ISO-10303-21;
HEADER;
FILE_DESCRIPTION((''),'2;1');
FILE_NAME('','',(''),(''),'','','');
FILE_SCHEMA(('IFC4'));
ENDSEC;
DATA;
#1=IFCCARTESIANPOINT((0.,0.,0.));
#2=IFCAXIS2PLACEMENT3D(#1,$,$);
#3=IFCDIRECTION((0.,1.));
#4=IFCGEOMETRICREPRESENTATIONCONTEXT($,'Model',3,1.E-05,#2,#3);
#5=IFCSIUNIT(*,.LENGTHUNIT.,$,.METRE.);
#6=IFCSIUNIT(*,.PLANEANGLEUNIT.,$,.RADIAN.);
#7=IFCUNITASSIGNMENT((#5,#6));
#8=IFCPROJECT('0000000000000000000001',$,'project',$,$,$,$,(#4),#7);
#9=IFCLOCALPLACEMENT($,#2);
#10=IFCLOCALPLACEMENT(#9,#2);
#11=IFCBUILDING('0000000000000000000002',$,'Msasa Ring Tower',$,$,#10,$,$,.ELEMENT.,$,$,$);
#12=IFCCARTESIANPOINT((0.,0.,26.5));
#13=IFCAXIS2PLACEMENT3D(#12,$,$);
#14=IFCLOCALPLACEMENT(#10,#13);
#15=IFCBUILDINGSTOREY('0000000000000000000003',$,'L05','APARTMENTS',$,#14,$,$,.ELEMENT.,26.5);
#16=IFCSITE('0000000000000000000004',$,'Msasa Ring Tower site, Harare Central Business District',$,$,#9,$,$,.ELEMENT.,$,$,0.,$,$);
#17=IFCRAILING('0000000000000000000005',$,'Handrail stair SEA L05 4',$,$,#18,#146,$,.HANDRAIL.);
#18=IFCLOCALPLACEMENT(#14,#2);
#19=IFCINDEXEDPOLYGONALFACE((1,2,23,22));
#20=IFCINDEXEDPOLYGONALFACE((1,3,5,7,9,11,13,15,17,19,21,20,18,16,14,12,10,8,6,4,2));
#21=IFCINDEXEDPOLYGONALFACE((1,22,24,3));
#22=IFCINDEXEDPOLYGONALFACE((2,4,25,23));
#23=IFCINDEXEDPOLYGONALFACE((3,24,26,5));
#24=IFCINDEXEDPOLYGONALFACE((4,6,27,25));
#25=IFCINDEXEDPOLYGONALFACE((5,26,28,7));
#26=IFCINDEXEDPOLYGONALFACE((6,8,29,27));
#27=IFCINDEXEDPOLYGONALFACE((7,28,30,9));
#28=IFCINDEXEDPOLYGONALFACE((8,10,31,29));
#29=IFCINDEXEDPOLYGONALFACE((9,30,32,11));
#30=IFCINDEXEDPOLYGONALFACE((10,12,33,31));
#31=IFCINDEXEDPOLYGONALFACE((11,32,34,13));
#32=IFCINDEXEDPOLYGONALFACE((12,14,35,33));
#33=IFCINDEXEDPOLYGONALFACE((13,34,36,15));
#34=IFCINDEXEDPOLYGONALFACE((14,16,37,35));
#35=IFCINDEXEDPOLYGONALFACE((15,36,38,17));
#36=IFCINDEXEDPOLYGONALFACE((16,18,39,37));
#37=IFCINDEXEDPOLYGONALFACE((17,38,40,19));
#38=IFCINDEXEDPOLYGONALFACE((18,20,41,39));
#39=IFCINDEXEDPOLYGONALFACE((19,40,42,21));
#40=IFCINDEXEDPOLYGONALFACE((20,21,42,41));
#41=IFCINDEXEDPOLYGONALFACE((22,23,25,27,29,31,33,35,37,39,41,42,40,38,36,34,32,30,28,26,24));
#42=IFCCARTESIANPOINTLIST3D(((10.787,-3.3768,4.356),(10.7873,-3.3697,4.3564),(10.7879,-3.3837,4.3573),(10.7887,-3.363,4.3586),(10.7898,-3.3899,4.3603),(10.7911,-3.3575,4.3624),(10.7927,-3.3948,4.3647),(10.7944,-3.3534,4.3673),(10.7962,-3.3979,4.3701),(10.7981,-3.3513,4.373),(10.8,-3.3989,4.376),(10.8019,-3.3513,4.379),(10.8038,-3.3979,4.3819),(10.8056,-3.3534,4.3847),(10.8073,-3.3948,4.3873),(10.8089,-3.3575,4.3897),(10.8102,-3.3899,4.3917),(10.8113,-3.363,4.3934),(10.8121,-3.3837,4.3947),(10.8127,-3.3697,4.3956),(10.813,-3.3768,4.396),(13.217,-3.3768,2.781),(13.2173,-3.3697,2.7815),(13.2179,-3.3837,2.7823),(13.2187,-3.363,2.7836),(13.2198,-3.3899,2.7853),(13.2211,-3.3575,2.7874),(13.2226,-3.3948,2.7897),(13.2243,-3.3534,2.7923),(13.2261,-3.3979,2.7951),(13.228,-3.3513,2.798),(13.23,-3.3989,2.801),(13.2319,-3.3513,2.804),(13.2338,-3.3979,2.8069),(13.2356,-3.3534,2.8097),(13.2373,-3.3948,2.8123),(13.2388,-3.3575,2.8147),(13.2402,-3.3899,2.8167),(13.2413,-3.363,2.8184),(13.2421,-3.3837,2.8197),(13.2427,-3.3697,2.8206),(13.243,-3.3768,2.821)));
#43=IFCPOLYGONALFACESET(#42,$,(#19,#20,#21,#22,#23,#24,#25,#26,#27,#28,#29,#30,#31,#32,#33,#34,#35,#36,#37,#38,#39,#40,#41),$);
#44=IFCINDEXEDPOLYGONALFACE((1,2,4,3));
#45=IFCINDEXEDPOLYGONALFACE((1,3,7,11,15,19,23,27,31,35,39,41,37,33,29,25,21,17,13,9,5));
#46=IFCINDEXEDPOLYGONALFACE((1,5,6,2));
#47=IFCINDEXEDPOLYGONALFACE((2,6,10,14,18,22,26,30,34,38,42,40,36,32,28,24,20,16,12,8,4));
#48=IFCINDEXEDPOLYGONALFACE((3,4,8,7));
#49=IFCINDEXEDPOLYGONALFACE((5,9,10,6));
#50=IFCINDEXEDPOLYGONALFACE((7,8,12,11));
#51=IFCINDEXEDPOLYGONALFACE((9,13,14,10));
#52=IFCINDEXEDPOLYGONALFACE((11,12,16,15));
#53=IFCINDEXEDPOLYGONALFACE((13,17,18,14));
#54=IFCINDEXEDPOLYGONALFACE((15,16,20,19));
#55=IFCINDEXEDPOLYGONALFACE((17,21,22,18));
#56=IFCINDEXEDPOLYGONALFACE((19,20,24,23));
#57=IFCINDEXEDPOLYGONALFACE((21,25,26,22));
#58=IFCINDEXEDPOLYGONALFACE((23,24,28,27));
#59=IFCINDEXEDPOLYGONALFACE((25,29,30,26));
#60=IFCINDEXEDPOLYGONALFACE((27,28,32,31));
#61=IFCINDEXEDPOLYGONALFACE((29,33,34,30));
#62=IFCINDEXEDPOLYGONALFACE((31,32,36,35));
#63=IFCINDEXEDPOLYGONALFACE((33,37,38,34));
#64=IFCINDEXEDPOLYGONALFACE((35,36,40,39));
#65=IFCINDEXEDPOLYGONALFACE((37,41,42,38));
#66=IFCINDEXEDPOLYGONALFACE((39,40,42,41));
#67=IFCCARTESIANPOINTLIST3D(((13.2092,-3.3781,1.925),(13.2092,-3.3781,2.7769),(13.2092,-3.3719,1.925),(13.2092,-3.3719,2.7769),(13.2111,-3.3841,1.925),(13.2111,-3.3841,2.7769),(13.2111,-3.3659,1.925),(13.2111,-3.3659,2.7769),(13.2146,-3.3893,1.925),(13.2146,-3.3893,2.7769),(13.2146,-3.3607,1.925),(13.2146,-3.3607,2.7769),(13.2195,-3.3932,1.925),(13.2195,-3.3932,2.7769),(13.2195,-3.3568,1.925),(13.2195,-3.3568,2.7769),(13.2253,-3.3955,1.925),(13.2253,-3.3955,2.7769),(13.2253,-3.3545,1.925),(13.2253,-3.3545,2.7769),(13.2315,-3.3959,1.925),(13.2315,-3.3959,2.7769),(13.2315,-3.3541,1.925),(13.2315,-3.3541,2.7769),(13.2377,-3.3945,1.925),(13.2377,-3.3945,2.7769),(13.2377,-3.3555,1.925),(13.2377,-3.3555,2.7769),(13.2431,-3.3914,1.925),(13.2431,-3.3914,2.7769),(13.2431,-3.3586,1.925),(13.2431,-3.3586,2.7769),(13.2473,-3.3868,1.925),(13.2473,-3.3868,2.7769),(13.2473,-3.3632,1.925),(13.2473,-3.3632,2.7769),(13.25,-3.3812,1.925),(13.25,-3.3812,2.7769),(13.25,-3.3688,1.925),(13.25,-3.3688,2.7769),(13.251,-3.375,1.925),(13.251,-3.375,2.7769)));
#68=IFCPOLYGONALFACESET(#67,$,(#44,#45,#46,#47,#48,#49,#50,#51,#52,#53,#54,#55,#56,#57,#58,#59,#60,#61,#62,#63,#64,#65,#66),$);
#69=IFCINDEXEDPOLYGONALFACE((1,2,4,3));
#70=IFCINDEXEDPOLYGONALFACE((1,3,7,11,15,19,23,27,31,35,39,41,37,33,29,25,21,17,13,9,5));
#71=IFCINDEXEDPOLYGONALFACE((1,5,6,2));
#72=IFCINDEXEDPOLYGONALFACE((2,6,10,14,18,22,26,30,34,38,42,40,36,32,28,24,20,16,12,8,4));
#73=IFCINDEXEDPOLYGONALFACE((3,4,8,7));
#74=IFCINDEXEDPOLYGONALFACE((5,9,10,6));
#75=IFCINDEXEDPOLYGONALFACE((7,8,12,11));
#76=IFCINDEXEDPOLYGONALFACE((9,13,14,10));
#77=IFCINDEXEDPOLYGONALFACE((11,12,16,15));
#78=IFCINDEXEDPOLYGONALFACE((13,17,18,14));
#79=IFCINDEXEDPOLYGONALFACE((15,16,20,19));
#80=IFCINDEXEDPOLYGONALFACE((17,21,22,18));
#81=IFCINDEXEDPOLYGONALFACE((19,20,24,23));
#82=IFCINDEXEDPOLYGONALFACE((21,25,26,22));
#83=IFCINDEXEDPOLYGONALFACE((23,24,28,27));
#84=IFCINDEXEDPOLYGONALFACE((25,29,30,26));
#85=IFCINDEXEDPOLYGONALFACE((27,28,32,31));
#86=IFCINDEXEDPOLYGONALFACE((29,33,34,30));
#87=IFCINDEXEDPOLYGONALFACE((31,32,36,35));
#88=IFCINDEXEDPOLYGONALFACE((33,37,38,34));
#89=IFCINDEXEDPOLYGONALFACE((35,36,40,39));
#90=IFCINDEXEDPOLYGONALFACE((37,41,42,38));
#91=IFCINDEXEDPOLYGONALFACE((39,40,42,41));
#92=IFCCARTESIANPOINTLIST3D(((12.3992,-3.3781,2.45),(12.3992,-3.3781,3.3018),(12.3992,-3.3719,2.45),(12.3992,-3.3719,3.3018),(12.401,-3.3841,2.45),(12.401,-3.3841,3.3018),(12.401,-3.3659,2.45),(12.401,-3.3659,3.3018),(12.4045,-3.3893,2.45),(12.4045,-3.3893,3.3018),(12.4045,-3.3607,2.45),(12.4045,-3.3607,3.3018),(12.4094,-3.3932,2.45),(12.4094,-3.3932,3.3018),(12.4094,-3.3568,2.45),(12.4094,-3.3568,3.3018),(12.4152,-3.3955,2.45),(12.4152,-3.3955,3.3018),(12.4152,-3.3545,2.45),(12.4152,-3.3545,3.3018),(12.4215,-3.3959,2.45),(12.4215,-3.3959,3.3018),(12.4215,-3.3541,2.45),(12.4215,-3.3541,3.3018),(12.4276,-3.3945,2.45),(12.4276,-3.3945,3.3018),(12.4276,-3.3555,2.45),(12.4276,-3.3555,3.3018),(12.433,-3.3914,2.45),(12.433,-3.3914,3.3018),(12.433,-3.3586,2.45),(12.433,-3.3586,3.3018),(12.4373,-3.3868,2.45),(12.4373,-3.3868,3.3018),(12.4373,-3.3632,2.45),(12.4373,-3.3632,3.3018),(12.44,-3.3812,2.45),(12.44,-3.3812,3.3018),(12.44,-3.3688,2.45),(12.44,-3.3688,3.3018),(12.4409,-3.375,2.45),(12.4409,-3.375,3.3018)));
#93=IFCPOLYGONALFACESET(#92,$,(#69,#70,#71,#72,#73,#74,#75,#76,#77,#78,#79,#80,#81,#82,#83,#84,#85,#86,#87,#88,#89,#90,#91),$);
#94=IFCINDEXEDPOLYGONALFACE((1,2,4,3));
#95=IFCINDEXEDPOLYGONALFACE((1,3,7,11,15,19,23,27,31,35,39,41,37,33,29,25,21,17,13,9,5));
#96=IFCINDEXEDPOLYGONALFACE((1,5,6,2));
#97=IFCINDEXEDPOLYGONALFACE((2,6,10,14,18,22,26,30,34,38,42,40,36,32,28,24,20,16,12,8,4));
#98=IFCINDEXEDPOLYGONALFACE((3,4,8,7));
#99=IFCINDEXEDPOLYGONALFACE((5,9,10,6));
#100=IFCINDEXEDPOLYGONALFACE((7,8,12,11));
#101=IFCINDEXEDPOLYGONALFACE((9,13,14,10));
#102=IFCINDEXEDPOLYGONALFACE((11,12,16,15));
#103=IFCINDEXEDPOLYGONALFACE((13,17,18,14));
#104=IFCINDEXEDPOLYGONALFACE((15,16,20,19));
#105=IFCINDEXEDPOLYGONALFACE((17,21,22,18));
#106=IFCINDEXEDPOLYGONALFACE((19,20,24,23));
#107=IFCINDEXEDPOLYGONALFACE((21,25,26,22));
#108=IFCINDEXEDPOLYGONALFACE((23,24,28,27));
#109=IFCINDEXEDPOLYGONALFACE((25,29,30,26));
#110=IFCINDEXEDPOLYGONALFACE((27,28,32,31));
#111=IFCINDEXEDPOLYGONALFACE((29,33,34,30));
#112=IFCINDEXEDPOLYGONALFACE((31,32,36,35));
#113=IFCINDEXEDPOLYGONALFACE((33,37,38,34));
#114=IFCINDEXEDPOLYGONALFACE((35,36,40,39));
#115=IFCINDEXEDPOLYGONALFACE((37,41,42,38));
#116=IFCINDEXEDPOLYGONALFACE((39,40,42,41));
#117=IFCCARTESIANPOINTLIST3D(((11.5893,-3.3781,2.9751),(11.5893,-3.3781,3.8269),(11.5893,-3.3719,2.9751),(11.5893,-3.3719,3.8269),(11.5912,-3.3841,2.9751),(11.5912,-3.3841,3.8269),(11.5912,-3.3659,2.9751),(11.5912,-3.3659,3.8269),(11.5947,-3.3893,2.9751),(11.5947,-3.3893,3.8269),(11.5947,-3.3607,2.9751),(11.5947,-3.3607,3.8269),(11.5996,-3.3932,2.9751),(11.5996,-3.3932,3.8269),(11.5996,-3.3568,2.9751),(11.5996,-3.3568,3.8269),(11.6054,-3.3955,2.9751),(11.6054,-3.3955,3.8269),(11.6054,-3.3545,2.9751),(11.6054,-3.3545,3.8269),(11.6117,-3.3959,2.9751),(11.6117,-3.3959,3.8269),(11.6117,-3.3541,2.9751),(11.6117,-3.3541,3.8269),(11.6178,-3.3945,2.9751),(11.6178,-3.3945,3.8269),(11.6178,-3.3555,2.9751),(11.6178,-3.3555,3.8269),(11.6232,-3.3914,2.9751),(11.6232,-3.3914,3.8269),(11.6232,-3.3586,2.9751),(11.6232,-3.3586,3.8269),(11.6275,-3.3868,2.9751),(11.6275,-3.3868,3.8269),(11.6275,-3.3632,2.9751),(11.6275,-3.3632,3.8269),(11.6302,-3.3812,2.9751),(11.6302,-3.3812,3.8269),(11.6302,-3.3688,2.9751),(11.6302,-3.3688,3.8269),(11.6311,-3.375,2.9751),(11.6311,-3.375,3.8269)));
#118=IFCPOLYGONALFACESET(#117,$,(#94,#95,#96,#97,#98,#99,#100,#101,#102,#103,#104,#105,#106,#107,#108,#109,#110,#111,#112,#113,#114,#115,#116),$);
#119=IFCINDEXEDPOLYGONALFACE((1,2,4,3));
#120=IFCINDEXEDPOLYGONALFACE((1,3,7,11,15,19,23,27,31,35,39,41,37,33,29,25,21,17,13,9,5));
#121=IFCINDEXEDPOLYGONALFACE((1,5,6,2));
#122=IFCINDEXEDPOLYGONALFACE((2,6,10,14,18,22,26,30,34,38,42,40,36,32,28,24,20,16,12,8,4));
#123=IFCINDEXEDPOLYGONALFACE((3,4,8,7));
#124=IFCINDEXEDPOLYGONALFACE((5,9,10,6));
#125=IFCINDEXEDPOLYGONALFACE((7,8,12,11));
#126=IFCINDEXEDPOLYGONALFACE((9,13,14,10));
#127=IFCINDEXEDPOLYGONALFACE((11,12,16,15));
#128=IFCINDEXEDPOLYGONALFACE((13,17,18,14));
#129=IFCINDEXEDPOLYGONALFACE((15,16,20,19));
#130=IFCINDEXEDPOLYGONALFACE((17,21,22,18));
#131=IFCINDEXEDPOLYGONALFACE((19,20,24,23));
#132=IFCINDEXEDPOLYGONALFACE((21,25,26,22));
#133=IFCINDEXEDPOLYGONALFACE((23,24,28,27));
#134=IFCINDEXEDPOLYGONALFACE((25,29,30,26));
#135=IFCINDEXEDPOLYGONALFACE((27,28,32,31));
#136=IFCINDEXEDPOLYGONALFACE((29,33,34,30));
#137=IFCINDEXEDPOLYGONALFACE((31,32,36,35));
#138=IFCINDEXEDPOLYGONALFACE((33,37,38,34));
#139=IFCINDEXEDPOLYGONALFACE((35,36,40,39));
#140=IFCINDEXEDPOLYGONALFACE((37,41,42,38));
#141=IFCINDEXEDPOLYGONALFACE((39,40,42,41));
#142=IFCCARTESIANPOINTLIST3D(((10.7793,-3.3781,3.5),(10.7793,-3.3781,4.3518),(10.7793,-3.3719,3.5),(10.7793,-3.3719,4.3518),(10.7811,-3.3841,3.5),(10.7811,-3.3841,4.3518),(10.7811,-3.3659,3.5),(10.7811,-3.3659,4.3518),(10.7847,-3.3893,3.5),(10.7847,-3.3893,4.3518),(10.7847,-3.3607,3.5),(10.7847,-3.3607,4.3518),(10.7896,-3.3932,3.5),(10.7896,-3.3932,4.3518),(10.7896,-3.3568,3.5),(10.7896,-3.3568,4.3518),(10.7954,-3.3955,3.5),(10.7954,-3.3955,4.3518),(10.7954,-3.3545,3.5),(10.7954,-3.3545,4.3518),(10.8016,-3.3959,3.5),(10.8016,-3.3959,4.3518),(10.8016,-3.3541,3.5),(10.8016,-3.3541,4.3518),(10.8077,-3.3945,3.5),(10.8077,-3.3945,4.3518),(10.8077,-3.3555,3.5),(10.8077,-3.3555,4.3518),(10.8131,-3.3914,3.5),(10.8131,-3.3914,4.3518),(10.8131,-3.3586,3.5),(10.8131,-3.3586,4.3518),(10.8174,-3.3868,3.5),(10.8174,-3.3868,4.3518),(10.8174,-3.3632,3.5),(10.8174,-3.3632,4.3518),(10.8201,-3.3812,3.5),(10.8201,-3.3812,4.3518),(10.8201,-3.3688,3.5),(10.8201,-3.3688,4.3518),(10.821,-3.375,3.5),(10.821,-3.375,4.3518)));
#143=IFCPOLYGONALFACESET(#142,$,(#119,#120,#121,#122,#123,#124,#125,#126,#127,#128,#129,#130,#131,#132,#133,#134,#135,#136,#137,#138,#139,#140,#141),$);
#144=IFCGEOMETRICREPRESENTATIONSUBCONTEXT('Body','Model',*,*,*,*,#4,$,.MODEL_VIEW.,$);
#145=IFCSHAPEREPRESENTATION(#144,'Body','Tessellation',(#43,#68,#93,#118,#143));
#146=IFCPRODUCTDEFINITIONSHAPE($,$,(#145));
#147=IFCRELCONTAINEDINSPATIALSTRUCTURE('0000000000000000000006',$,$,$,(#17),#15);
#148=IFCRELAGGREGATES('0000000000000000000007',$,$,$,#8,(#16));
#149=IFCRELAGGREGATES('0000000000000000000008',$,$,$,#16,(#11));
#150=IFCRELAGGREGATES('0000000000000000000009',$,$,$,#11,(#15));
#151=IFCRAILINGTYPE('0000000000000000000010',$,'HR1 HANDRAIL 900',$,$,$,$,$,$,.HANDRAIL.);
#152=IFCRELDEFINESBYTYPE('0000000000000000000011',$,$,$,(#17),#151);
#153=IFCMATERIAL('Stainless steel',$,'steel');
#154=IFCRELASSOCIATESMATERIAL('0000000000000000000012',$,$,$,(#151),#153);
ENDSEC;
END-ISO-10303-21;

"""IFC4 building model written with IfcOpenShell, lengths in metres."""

from ifc_helpers import new_model, si_unit, direction, frame, origin, origin_2d, place, context, subcontext, project, spatial, circle, extrude, material, type_object, element, save


model = new_model("IFC4")

# Units and contexts
model_context = context("Model", 3, precision=1e-05, world=origin(), true_north=direction((0.0, 1.0)))
body_context = subcontext(model_context, "Body", "Model", "MODEL_VIEW")
ifc_project = project(units=[si_unit("LENGTHUNIT", "METRE"), si_unit("PLANEANGLEUNIT", "RADIAN")], contexts=[model_context])

# Site, building, storey
site_placement = place(None, origin())
site = spatial("IfcSite", under=ifc_project, at=site_placement, Name="Msasa Ring Tower site, Harare Central Business District", CompositionType="ELEMENT", RefElevation=0.0)
building_placement = place(site_placement, origin())
building = spatial("IfcBuilding", under=site, at=building_placement, Name="Msasa Ring Tower", CompositionType="ELEMENT")
storey_placement = place(building_placement, frame((0.0, 0.0, 26.5)))
storey = spatial("IfcBuildingStorey", under=building, at=storey_placement, Name="L05", Description="APARTMENTS", CompositionType="ELEMENT", Elevation=26.5)

# Railing
ifc_material_1 = material(Name="Stainless steel", Category="steel")
railing_type = type_object("IfcRailingType", Name="HR1 HANDRAIL 900", PredefinedType="HANDRAIL", material=ifc_material_1)
for number, where, name in (
    (1, (13.23, -3.375, 1.925), "Handrail stair SEA L05 4"),
):
    element("IfcRailing", number, at=place(storey_placement, frame(where)), inside=storey, type_object=railing_type, Name=name, PredefinedType="HANDRAIL", context=body_context, shape_type="SweptSolid", body=[
        extrude(circle(Radius=0.0239, at=origin_2d()), frame((0.0, 0.0, 0.876), z_axis=(-0.839154, 0.0, 0.543894), x_axis=(0.0, -1.0, 0.0)), (0.0, 0.0, 1.0), 2.8958),
        extrude(circle(Radius=0.021, at=origin_2d()), origin(), (0.0, 0.0, 1.0), 0.8518),
        extrude(circle(Radius=0.021, at=origin_2d()), frame((-0.8101, 0.0, 0.5249)), (0.0, 0.0, 1.0), 0.8518),
        extrude(circle(Radius=0.021, at=origin_2d()), frame((-1.6199, 0.0, 1.05)), (0.0, 0.0, 1.0), 0.8518),
        extrude(circle(Radius=0.021, at=origin_2d()), frame((-2.4299, 0.0, 1.575)), (0.0, 0.0, 1.0), 0.8518),
    ])

save(model, "model.ifc")
